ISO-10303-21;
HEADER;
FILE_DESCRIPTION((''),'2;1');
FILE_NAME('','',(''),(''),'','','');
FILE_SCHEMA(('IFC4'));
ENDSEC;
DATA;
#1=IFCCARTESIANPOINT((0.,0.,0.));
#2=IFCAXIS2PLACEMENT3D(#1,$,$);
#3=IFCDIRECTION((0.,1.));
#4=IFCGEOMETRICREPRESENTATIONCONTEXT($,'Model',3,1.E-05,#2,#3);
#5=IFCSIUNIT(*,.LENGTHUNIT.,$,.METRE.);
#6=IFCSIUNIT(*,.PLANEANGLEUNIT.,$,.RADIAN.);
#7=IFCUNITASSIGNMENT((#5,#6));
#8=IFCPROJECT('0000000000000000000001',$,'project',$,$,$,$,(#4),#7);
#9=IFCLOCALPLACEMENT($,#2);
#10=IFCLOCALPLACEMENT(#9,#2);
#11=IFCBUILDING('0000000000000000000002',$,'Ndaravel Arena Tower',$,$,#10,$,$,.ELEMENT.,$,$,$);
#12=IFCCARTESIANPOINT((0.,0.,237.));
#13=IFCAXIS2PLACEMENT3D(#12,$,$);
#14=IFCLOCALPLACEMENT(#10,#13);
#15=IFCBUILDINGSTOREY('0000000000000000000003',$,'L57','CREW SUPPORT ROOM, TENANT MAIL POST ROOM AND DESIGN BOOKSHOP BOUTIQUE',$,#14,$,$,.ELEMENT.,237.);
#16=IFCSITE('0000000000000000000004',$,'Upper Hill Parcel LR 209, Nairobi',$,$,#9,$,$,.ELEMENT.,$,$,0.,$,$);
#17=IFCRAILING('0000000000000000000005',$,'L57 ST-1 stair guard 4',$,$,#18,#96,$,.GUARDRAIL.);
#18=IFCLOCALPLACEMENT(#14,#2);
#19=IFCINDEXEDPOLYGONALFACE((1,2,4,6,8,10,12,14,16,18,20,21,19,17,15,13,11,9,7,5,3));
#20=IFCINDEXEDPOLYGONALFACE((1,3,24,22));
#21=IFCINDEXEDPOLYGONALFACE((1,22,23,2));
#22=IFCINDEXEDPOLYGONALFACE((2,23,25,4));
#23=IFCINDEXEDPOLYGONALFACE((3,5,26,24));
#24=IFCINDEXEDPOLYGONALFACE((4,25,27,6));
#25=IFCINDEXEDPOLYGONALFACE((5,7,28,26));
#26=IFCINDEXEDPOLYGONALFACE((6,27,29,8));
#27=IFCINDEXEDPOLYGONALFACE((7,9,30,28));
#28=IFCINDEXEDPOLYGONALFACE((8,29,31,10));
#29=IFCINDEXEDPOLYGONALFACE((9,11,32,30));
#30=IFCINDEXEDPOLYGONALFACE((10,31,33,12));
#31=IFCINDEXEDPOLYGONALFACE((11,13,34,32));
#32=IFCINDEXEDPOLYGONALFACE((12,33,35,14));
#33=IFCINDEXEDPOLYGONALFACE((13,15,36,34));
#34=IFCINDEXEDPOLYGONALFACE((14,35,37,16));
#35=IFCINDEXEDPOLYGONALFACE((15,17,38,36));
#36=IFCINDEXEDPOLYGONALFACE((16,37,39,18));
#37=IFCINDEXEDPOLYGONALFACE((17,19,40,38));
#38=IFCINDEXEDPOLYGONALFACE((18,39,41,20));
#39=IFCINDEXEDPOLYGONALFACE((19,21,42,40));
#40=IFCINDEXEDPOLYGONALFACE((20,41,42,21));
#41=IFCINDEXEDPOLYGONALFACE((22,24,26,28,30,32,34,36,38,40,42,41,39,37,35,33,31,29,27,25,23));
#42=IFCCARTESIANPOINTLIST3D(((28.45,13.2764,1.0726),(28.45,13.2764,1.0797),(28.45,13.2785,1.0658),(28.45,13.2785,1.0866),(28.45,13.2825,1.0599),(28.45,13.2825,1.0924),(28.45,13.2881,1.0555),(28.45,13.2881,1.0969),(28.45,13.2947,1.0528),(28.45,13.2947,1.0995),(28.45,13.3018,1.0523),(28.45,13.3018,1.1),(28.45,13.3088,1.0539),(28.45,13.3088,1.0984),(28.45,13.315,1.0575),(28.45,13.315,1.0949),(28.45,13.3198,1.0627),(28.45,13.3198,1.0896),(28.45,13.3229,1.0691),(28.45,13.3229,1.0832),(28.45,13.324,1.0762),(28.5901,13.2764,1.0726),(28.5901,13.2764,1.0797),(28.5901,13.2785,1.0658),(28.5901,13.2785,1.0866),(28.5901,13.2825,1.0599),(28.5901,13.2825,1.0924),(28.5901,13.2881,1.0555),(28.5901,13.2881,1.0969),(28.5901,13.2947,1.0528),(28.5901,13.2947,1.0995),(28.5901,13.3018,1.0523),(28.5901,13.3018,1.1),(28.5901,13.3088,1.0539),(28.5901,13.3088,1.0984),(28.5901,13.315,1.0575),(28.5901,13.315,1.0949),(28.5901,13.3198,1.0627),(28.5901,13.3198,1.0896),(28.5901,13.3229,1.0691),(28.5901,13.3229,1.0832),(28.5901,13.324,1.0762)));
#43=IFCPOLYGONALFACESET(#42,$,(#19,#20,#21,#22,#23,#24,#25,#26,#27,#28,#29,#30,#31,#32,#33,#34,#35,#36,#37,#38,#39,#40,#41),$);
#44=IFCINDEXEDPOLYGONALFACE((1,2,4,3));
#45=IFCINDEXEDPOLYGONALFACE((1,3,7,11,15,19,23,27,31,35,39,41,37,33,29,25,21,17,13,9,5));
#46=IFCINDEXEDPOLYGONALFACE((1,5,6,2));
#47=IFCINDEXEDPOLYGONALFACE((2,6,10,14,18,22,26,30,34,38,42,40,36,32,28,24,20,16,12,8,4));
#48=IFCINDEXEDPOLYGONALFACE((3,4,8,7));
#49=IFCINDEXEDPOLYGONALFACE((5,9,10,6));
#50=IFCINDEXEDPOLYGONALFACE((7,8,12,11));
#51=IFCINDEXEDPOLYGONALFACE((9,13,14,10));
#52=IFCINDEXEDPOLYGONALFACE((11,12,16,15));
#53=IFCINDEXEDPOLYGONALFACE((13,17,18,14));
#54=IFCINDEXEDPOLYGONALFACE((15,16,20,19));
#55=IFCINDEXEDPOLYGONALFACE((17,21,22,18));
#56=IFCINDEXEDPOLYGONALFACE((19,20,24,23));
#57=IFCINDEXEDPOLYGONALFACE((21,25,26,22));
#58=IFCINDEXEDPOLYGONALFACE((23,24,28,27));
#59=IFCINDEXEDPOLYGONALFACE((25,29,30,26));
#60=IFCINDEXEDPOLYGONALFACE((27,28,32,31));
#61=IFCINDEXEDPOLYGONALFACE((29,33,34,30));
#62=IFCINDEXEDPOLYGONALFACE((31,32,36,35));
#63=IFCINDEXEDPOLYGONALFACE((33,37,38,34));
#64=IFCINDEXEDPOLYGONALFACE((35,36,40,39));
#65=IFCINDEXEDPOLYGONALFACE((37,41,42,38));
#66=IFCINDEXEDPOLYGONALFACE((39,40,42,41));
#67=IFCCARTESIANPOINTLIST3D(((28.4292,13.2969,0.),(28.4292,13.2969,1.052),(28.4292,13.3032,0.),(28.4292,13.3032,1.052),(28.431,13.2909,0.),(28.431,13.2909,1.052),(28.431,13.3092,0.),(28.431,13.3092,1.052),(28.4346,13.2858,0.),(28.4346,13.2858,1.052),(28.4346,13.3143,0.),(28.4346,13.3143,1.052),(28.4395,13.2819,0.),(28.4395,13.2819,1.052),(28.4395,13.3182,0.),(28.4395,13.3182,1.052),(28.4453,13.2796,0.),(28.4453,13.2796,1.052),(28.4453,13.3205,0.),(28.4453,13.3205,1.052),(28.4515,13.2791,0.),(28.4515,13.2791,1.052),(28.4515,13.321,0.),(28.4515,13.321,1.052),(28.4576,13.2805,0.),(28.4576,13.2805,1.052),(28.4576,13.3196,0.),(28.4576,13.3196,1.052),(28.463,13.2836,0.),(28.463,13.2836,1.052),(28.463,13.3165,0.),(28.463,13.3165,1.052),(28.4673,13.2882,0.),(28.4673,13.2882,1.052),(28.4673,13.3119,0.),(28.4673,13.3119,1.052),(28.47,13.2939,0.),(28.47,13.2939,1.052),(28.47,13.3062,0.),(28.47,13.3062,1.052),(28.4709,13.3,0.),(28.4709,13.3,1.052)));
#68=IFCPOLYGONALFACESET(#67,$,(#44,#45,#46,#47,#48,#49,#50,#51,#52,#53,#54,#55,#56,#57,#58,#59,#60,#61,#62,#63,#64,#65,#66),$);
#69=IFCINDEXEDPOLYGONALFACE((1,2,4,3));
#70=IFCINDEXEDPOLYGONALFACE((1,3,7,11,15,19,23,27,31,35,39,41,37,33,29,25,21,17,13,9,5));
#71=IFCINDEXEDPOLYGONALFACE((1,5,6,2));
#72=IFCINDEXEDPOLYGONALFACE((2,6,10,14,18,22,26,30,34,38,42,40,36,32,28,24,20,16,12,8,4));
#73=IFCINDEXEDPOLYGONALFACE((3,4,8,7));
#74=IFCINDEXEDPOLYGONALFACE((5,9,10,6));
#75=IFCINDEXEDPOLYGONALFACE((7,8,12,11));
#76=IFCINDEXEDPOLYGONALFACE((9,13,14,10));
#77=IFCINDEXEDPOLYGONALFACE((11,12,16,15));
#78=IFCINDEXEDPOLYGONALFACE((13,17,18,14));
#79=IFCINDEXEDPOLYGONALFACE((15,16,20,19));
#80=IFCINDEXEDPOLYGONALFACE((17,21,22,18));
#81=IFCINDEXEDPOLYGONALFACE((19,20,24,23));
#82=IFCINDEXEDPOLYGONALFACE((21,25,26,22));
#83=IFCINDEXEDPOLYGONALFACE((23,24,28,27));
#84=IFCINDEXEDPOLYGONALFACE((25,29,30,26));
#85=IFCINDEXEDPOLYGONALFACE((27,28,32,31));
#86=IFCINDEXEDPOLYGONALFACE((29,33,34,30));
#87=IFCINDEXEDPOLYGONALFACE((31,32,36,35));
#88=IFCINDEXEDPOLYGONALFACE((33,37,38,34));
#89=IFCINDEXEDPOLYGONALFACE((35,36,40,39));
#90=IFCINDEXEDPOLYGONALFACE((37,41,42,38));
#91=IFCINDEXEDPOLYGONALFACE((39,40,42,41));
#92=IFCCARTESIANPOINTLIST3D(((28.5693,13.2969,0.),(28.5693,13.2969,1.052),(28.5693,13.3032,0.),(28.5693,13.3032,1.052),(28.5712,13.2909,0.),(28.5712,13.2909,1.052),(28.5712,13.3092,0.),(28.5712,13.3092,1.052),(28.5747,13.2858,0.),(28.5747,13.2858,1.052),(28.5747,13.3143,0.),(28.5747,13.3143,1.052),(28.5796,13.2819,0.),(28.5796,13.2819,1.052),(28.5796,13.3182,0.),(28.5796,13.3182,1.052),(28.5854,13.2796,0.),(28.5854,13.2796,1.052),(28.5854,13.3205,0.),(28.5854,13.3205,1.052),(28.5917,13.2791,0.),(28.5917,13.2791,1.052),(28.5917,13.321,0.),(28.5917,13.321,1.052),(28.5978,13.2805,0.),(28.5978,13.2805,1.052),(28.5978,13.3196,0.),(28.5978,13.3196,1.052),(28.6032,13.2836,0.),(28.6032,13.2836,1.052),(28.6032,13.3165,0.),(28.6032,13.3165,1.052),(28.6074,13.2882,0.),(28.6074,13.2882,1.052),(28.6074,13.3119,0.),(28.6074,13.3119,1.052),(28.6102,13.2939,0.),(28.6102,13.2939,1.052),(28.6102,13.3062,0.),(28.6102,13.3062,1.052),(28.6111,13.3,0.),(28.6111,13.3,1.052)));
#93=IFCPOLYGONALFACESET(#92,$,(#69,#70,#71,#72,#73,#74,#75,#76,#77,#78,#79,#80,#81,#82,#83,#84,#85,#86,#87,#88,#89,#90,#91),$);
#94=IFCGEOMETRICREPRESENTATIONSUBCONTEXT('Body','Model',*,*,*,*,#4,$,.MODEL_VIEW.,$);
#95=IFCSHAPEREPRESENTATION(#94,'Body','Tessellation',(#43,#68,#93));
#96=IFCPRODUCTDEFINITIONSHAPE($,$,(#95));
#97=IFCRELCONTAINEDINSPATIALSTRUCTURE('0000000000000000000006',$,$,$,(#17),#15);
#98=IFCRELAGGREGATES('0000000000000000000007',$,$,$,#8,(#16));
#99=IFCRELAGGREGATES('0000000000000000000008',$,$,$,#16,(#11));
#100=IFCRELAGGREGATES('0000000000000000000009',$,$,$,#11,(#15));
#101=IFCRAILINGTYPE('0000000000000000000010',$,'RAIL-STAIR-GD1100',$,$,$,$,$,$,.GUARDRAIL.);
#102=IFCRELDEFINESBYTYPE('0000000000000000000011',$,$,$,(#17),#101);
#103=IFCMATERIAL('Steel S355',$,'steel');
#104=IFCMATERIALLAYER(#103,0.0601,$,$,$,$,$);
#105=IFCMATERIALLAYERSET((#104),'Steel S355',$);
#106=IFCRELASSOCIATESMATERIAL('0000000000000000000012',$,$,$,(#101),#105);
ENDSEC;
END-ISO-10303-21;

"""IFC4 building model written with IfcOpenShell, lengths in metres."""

from ifc_helpers import new_model, si_unit, direction, frame, origin, origin_2d, place, context, subcontext, project, spatial, circle, extrude, material, layer, layer_set, type_object, element, save


model = new_model("IFC4")

# Units and contexts
model_context = context("Model", 3, precision=1e-05, world=origin(), true_north=direction((0.0, 1.0)))
body_context = subcontext(model_context, "Body", "Model", "MODEL_VIEW")
ifc_project = project(units=[si_unit("LENGTHUNIT", "METRE"), si_unit("PLANEANGLEUNIT", "RADIAN")], contexts=[model_context])

# Site, building, storey
site_placement = place(None, origin())
site = spatial("IfcSite", under=ifc_project, at=site_placement, Name="Upper Hill Parcel LR 209, Nairobi", CompositionType="ELEMENT", RefElevation=0.0)
building_placement = place(site_placement, origin())
building = spatial("IfcBuilding", under=site, at=building_placement, Name="Ndaravel Arena Tower", CompositionType="ELEMENT")
storey_placement = place(building_placement, frame((0.0, 0.0, 237.0)))
storey = spatial("IfcBuildingStorey", under=building, at=storey_placement, Name="L57", Description="CREW SUPPORT ROOM, TENANT MAIL POST ROOM AND DESIGN BOOKSHOP BOUTIQUE", CompositionType="ELEMENT", Elevation=237.0)

# Railing
ifc_material_1 = material(Name="Steel S355", Category="steel")
ifc_layer_1 = layer(ifc_material_1, 0.0601)
ifc_layer_set_1 = layer_set([ifc_layer_1], Name="Steel S355")
railing_type_1 = type_object("IfcRailingType", Name="RAIL-STAIR-GD1100", PredefinedType="GUARDRAIL", material=ifc_layer_set_1)
railing_1_placement = place(storey_placement, frame((28.45, 13.3, 0.0)))
element("IfcRailing", 1, at=railing_1_placement, inside=storey, type_object=railing_type_1, Name="L57 ST-1 stair guard 4", PredefinedType="GUARDRAIL", context=body_context, shape_type="SweptSolid", body=[
    extrude(circle(Radius=0.0239, at=origin_2d()), frame((0.0, 0.0, 1.0762), z_axis=(1.0, 0.0, 0.0), x_axis=(0.0, 1.0, 0.0)), (0.0, 0.0, 1.0), 0.1401),
    extrude(circle(Radius=0.021, at=origin_2d()), origin(), (0.0, 0.0, 1.0), 1.052),
    extrude(circle(Radius=0.021, at=origin_2d()), frame((0.1401, 0.0, 0.0)), (0.0, 0.0, 1.0), 1.052),
])

save(model, "model.ifc")
